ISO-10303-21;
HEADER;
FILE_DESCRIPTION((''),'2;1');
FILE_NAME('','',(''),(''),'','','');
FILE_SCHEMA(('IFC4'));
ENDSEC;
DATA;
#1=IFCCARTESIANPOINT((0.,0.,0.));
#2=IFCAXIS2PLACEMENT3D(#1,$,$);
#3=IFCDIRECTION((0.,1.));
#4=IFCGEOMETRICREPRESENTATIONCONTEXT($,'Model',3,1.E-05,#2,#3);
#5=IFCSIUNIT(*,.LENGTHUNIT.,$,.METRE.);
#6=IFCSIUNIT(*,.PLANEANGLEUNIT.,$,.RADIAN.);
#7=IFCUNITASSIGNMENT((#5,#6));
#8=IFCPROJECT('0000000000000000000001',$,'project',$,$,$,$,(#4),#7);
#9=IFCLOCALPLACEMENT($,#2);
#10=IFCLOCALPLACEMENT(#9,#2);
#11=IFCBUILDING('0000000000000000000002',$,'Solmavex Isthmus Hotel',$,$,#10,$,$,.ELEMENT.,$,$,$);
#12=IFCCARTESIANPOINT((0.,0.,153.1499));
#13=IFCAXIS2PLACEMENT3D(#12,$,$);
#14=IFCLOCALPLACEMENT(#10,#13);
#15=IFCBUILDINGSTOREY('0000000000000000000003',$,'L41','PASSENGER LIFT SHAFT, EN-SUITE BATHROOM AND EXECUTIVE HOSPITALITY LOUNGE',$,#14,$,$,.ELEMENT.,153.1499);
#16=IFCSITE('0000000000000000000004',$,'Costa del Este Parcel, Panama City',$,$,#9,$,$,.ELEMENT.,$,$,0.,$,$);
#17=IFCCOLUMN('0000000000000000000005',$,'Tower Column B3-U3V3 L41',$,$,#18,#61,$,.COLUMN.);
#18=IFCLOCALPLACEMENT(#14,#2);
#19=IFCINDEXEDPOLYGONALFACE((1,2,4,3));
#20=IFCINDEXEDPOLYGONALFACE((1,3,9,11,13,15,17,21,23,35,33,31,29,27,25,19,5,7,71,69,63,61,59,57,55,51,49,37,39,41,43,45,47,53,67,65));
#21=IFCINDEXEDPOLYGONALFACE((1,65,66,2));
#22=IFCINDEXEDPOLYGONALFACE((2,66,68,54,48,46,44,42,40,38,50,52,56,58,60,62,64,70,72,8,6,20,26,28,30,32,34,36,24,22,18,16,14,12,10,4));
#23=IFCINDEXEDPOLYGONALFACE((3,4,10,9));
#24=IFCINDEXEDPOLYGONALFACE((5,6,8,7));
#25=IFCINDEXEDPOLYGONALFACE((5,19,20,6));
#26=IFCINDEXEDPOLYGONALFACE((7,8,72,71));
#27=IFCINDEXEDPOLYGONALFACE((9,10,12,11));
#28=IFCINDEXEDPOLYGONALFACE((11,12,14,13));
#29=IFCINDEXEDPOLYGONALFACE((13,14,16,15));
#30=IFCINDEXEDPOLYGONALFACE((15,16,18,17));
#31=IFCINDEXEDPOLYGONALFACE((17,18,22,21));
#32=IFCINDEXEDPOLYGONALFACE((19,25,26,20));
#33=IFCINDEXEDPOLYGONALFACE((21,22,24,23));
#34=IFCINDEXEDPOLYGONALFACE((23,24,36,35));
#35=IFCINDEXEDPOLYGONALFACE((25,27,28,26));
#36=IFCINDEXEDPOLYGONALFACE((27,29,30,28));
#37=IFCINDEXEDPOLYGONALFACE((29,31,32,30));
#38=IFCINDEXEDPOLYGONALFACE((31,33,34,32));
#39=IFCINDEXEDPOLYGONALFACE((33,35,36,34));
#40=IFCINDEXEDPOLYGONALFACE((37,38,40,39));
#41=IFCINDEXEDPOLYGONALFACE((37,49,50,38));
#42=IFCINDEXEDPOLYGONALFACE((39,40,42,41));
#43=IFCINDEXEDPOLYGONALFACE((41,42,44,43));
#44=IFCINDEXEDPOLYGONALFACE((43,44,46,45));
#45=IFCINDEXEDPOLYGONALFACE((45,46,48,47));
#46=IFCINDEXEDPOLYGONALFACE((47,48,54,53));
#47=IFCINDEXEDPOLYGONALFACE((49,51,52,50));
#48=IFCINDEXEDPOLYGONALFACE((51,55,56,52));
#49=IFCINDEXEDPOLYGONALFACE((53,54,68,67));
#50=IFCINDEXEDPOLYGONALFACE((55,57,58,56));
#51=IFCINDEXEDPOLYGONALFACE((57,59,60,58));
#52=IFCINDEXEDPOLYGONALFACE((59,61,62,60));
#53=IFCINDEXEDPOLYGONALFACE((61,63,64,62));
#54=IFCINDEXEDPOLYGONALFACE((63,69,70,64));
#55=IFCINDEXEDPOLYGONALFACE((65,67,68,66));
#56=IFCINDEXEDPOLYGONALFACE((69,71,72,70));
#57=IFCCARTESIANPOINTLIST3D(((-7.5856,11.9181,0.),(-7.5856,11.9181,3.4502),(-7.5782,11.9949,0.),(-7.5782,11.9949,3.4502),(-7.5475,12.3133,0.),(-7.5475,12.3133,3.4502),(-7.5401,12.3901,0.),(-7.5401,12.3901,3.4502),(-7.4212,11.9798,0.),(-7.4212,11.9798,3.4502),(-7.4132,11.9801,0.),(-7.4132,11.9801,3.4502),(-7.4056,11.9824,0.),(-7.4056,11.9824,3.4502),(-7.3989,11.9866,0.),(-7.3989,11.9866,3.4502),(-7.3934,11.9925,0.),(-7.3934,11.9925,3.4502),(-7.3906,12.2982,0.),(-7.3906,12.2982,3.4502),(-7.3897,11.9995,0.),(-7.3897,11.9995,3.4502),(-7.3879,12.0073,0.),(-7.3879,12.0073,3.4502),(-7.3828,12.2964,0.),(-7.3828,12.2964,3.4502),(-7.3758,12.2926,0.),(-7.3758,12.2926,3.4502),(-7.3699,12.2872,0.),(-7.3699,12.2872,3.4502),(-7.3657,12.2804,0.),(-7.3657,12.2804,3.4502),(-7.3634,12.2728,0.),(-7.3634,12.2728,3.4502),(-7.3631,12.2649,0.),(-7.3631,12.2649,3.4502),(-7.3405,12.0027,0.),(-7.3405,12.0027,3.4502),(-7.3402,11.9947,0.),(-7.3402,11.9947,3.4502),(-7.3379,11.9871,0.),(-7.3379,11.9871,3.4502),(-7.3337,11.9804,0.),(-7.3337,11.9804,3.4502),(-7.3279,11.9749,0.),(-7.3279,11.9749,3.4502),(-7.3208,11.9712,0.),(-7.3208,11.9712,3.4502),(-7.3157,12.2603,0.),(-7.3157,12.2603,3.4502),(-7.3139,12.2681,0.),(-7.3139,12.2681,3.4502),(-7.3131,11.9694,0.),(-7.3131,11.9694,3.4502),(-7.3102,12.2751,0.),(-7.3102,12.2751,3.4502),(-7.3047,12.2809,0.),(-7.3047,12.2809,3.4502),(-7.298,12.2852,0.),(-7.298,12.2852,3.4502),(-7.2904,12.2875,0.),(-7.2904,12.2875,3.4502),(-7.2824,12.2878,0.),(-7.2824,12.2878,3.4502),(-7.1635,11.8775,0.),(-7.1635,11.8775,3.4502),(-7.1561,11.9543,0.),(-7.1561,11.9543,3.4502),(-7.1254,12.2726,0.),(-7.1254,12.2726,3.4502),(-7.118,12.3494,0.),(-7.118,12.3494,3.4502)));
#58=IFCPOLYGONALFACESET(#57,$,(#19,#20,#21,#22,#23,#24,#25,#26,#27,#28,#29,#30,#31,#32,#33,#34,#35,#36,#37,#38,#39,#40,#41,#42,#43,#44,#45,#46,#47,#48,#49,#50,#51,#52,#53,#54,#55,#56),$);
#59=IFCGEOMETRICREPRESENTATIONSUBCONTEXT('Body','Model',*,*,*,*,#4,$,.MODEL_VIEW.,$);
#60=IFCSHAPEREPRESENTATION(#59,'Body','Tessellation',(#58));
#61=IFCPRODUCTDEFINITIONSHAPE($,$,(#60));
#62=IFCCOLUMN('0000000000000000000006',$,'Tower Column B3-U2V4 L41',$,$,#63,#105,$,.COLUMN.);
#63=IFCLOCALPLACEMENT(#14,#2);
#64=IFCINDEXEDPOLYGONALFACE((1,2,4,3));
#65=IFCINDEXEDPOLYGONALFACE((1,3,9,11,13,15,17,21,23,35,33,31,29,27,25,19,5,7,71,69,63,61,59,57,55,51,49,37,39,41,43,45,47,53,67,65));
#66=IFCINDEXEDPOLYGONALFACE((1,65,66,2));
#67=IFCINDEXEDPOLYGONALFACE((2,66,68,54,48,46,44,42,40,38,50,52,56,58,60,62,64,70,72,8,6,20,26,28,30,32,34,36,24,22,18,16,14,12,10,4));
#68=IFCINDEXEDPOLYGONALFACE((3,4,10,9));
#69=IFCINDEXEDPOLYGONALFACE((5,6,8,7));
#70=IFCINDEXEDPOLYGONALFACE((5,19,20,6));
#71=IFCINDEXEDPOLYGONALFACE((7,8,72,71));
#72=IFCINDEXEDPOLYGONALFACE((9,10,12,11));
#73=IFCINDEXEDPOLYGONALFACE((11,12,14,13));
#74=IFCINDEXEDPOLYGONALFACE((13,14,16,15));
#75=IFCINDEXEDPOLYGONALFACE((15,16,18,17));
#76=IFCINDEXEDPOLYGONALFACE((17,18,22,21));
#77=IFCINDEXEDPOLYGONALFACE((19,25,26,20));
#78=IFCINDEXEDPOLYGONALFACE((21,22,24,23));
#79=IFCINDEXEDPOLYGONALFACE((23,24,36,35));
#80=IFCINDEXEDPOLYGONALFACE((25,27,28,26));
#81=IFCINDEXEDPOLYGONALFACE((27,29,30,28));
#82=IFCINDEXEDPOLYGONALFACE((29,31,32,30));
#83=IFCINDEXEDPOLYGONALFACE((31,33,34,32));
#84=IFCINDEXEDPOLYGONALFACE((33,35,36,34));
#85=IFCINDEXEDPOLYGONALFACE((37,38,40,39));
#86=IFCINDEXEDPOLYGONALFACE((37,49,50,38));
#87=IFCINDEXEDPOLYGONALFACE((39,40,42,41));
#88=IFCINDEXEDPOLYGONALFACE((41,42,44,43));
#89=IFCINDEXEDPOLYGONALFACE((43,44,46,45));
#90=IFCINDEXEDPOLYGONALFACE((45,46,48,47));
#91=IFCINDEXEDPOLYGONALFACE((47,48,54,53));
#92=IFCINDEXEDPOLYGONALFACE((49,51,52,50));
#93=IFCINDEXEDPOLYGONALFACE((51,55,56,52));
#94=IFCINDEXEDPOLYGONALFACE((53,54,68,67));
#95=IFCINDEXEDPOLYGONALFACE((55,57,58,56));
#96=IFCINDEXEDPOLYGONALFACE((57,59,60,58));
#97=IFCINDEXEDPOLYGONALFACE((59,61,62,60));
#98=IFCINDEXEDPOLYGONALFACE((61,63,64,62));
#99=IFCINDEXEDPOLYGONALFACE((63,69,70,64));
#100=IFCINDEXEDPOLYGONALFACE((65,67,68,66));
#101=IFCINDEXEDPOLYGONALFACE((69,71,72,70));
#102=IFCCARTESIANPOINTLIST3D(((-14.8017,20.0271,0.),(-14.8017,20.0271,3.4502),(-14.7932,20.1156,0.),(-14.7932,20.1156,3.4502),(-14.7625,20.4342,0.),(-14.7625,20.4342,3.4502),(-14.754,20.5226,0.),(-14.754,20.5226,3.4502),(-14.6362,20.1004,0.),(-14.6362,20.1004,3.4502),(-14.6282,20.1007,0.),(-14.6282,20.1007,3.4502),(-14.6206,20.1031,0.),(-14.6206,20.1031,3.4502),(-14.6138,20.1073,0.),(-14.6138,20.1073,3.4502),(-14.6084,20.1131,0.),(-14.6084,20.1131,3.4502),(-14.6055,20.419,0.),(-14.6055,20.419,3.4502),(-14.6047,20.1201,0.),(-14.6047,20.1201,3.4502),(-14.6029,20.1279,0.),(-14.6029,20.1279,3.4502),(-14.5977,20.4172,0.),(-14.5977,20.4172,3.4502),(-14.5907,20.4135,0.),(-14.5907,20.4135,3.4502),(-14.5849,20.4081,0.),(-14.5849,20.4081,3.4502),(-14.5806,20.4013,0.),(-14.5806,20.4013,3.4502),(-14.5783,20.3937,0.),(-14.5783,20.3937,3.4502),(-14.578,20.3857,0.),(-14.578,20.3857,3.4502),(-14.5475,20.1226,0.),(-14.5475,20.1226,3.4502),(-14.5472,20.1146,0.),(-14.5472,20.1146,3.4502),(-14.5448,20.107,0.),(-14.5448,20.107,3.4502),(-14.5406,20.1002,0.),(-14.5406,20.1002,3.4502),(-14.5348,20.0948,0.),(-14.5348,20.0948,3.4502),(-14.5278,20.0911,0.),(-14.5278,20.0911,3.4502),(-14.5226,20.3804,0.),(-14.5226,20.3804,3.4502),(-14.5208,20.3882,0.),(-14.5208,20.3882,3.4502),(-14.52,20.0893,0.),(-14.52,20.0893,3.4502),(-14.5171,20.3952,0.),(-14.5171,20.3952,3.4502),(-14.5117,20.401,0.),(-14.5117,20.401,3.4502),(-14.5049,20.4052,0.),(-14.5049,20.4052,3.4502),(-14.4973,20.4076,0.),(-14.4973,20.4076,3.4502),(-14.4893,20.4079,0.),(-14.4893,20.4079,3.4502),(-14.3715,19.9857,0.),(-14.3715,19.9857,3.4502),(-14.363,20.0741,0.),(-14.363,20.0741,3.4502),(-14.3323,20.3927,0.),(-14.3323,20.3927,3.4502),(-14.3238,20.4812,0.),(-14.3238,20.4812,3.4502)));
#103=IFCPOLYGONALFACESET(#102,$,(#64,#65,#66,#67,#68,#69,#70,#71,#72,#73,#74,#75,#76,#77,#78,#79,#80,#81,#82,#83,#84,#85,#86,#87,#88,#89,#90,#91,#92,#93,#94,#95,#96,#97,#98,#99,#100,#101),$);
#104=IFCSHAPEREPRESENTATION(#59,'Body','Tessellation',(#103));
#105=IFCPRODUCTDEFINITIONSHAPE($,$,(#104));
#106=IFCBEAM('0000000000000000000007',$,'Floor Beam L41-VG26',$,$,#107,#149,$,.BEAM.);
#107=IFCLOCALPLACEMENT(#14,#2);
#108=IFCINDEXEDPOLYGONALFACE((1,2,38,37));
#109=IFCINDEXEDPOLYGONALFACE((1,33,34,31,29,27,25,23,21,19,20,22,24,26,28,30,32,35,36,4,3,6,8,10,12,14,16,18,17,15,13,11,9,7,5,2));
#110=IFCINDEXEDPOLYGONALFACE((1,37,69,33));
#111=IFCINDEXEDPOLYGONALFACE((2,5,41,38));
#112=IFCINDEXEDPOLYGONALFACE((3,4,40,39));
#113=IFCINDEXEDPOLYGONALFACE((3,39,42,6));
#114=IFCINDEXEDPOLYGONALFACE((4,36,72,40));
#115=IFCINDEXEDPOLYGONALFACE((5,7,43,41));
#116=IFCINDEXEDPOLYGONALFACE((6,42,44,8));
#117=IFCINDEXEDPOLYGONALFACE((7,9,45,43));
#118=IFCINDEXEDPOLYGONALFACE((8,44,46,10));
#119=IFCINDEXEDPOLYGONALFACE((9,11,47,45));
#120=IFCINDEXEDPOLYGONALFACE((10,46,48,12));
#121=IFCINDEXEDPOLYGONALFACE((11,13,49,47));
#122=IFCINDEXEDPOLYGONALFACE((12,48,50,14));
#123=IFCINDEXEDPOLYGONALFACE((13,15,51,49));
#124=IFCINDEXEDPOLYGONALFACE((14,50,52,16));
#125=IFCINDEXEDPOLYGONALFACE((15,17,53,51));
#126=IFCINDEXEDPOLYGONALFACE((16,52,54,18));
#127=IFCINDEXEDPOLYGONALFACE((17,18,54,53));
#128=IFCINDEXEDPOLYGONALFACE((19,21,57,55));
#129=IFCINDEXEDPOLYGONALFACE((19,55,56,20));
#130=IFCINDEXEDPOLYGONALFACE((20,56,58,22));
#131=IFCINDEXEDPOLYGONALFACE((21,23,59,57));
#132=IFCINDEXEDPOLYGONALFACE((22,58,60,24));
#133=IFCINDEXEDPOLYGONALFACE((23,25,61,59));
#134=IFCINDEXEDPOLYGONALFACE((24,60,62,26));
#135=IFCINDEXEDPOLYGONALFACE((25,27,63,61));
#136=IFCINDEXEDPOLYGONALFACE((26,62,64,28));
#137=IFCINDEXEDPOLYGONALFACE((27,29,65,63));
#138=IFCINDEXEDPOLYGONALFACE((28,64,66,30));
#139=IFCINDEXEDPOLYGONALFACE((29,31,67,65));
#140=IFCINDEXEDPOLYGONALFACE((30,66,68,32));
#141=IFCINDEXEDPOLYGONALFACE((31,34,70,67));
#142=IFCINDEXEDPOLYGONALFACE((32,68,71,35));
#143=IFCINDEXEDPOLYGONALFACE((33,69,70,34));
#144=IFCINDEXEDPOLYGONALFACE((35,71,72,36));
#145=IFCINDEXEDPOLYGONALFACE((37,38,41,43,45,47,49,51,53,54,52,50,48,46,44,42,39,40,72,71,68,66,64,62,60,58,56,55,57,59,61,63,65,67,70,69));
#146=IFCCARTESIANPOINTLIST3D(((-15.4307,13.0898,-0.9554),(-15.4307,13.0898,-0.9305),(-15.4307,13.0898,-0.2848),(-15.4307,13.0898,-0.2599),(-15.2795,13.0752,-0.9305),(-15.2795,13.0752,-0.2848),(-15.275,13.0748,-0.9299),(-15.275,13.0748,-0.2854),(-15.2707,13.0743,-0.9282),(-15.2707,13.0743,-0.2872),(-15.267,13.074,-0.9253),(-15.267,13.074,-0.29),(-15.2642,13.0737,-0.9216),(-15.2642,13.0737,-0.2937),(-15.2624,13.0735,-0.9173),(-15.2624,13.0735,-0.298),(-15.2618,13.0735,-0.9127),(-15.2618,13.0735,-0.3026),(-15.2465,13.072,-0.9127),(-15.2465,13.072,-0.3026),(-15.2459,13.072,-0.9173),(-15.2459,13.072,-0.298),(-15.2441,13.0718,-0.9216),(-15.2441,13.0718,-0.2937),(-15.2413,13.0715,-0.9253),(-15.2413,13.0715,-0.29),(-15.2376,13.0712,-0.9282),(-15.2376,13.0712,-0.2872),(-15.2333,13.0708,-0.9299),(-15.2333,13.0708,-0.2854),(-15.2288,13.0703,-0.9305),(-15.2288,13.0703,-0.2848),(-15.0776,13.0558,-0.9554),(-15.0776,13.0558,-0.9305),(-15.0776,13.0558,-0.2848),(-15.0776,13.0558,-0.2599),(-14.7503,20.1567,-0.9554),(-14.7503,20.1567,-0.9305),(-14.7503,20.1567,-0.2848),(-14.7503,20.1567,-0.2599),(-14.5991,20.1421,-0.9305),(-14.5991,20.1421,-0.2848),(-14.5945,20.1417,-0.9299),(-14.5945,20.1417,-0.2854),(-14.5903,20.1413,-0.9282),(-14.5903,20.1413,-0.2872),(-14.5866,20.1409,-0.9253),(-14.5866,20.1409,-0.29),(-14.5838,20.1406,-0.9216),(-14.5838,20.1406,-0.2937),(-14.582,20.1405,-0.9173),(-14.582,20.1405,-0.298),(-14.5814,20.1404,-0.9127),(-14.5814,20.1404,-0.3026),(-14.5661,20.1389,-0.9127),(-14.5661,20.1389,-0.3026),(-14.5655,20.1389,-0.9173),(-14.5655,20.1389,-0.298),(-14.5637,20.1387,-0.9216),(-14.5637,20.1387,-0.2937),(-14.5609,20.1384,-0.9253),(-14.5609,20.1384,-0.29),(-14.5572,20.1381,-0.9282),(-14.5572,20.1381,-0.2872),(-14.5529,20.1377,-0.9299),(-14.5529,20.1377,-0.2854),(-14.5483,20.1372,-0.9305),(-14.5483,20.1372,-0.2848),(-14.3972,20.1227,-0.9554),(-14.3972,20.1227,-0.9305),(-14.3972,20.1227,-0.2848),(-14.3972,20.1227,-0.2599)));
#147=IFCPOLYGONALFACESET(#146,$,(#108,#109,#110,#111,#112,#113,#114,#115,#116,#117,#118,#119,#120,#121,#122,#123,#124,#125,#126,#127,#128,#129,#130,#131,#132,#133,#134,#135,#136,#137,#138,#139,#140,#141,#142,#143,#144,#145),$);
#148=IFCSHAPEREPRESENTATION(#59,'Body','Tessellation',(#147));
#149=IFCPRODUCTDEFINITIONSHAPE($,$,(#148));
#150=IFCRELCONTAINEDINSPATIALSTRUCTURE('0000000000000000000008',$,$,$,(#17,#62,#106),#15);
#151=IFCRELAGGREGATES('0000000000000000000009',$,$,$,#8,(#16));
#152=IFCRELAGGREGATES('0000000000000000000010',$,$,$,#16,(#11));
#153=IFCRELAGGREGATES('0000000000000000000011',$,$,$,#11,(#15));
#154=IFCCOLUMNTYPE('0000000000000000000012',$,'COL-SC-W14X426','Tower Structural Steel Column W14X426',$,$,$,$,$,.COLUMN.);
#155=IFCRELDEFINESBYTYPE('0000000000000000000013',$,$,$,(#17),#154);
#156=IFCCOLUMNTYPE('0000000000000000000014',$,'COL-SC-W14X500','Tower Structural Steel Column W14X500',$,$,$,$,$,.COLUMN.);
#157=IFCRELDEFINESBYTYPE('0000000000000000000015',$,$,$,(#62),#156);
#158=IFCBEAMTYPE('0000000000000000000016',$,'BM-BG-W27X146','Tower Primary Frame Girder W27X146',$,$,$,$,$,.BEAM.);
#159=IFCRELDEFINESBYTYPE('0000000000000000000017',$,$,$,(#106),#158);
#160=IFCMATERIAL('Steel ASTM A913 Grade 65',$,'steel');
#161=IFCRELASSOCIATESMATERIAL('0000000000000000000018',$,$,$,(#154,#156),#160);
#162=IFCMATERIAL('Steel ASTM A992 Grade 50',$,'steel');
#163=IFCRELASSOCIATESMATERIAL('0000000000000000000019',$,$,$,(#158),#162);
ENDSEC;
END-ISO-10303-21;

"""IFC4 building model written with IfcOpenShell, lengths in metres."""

from ifc_helpers import new_model, si_unit, direction, frame, origin, origin_2d, place, context, subcontext, project, spatial, i_section, extrude, material, material_profile, profile_set, type_object, element, save


model = new_model("IFC4")

# Units and contexts
model_context = context("Model", 3, precision=1e-05, world=origin(), true_north=direction((0.0, 1.0)))
body_context = subcontext(model_context, "Body", "Model", "MODEL_VIEW")
ifc_project = project(units=[si_unit("LENGTHUNIT", "METRE"), si_unit("PLANEANGLEUNIT", "RADIAN")], contexts=[model_context])

# Site, building, storey
site_placement = place(None, origin())
site = spatial("IfcSite", under=ifc_project, at=site_placement, Name="Costa del Este Parcel, Panama City", CompositionType="ELEMENT", RefElevation=0.0)
building_placement = place(site_placement, origin())
building = spatial("IfcBuilding", under=site, at=building_placement, Name="Solmavex Isthmus Hotel", CompositionType="ELEMENT")
storey_placement = place(building_placement, frame((0.0, 0.0, 153.1499)))
storey = spatial("IfcBuildingStorey", under=building, at=storey_placement, Name="L41", Description="PASSENGER LIFT SHAFT, EN-SUITE BATHROOM AND EXECUTIVE HOSPITALITY LOUNGE", CompositionType="ELEMENT", Elevation=153.1499)

# Columns
ifc_material_1 = material(Name="Steel ASTM A913 Grade 65", Category="steel")
ifc_material_profile_1 = material_profile(ifc_material_1, i_section(OverallWidth=0.4241, OverallDepth=0.4741, WebThickness=0.0476, FlangeThickness=0.0771, FilletRadius=0.0305, at=origin_2d()), Name="W14X426")
ifc_profile_set_1 = profile_set([ifc_material_profile_1], Name="Steel ASTM A913 Grade 65")
column_type_1 = type_object("IfcColumnType", Name="COL-SC-W14X426", Description="Tower Structural Steel Column W14X426", PredefinedType="COLUMN", material=ifc_profile_set_1)
column_1_placement = place(storey_placement, frame((-7.3518, 12.1338, 0.0), z_axis=(0.0, 0.0, 1.0), x_axis=(0.995396, -0.095846, 0.0)))
element("IfcColumn", 1, at=column_1_placement, inside=storey, type_object=column_type_1, Name="Tower Column B3-U3V3 L41", PredefinedType="COLUMN", context=body_context, shape_type="SweptSolid", body=[
    extrude(i_section(OverallWidth=0.4241, OverallDepth=0.4741, WebThickness=0.0476, FlangeThickness=0.0771, FilletRadius=0.0305, at=origin_2d()), origin(), (0.0, 0.0, 1.0), 3.4502),
])
ifc_material_profile_2 = material_profile(ifc_material_1, i_section(OverallWidth=0.4321, OverallDepth=0.4978, WebThickness=0.0557, FlangeThickness=0.0889, FilletRadius=0.0305, at=origin_2d()), Name="W14X500")
ifc_profile_set_2 = profile_set([ifc_material_profile_2], Name="Steel ASTM A913 Grade 65")
column_type_2 = type_object("IfcColumnType", Name="COL-SC-W14X500", Description="Tower Structural Steel Column W14X500", PredefinedType="COLUMN", material=ifc_profile_set_2)
column_2_placement = place(storey_placement, frame((-14.5627, 20.2542, 0.0), z_axis=(0.0, 0.0, 1.0), x_axis=(0.995396, -0.095846, 0.0)))
element("IfcColumn", 2, at=column_2_placement, inside=storey, type_object=column_type_2, Name="Tower Column B3-U2V4 L41", PredefinedType="COLUMN", context=body_context, shape_type="SweptSolid", body=[
    extrude(i_section(OverallWidth=0.4321, OverallDepth=0.4978, WebThickness=0.0557, FlangeThickness=0.0889, FilletRadius=0.0305, at=origin_2d()), origin(), (0.0, 0.0, 1.0), 3.4502),
])

# Beam
ifc_material_2 = material(Name="Steel ASTM A992 Grade 50", Category="steel")
ifc_material_profile_3 = material_profile(ifc_material_2, i_section(OverallWidth=0.3547, OverallDepth=0.6956, WebThickness=0.0154, FlangeThickness=0.0249, FilletRadius=0.0178, at=origin_2d()), Name="W27X146")
ifc_profile_set_3 = profile_set([ifc_material_profile_3], Name="Steel ASTM A992 Grade 50")
beam_type_1 = type_object("IfcBeamType", Name="BM-BG-W27X146", Description="Tower Primary Frame Girder W27X146", PredefinedType="BEAM", material=ifc_profile_set_3)
beam_1_placement = place(storey_placement, frame((-15.2542, 13.0728, -0.6077), z_axis=(0.09584, 0.995397, 0.0), x_axis=(-0.995397, 0.09584, 0.0)))
element("IfcBeam", 3, at=beam_1_placement, inside=storey, type_object=beam_type_1, Name="Floor Beam L41-VG26", PredefinedType="BEAM", context=body_context, shape_type="SweptSolid", body=[
    extrude(i_section(OverallWidth=0.3547, OverallDepth=0.6956, WebThickness=0.0154, FlangeThickness=0.0249, FilletRadius=0.0178, at=origin_2d()), origin(), (0.0, 0.0, 1.0), 7.0996),
])

save(model, "model.ifc")
